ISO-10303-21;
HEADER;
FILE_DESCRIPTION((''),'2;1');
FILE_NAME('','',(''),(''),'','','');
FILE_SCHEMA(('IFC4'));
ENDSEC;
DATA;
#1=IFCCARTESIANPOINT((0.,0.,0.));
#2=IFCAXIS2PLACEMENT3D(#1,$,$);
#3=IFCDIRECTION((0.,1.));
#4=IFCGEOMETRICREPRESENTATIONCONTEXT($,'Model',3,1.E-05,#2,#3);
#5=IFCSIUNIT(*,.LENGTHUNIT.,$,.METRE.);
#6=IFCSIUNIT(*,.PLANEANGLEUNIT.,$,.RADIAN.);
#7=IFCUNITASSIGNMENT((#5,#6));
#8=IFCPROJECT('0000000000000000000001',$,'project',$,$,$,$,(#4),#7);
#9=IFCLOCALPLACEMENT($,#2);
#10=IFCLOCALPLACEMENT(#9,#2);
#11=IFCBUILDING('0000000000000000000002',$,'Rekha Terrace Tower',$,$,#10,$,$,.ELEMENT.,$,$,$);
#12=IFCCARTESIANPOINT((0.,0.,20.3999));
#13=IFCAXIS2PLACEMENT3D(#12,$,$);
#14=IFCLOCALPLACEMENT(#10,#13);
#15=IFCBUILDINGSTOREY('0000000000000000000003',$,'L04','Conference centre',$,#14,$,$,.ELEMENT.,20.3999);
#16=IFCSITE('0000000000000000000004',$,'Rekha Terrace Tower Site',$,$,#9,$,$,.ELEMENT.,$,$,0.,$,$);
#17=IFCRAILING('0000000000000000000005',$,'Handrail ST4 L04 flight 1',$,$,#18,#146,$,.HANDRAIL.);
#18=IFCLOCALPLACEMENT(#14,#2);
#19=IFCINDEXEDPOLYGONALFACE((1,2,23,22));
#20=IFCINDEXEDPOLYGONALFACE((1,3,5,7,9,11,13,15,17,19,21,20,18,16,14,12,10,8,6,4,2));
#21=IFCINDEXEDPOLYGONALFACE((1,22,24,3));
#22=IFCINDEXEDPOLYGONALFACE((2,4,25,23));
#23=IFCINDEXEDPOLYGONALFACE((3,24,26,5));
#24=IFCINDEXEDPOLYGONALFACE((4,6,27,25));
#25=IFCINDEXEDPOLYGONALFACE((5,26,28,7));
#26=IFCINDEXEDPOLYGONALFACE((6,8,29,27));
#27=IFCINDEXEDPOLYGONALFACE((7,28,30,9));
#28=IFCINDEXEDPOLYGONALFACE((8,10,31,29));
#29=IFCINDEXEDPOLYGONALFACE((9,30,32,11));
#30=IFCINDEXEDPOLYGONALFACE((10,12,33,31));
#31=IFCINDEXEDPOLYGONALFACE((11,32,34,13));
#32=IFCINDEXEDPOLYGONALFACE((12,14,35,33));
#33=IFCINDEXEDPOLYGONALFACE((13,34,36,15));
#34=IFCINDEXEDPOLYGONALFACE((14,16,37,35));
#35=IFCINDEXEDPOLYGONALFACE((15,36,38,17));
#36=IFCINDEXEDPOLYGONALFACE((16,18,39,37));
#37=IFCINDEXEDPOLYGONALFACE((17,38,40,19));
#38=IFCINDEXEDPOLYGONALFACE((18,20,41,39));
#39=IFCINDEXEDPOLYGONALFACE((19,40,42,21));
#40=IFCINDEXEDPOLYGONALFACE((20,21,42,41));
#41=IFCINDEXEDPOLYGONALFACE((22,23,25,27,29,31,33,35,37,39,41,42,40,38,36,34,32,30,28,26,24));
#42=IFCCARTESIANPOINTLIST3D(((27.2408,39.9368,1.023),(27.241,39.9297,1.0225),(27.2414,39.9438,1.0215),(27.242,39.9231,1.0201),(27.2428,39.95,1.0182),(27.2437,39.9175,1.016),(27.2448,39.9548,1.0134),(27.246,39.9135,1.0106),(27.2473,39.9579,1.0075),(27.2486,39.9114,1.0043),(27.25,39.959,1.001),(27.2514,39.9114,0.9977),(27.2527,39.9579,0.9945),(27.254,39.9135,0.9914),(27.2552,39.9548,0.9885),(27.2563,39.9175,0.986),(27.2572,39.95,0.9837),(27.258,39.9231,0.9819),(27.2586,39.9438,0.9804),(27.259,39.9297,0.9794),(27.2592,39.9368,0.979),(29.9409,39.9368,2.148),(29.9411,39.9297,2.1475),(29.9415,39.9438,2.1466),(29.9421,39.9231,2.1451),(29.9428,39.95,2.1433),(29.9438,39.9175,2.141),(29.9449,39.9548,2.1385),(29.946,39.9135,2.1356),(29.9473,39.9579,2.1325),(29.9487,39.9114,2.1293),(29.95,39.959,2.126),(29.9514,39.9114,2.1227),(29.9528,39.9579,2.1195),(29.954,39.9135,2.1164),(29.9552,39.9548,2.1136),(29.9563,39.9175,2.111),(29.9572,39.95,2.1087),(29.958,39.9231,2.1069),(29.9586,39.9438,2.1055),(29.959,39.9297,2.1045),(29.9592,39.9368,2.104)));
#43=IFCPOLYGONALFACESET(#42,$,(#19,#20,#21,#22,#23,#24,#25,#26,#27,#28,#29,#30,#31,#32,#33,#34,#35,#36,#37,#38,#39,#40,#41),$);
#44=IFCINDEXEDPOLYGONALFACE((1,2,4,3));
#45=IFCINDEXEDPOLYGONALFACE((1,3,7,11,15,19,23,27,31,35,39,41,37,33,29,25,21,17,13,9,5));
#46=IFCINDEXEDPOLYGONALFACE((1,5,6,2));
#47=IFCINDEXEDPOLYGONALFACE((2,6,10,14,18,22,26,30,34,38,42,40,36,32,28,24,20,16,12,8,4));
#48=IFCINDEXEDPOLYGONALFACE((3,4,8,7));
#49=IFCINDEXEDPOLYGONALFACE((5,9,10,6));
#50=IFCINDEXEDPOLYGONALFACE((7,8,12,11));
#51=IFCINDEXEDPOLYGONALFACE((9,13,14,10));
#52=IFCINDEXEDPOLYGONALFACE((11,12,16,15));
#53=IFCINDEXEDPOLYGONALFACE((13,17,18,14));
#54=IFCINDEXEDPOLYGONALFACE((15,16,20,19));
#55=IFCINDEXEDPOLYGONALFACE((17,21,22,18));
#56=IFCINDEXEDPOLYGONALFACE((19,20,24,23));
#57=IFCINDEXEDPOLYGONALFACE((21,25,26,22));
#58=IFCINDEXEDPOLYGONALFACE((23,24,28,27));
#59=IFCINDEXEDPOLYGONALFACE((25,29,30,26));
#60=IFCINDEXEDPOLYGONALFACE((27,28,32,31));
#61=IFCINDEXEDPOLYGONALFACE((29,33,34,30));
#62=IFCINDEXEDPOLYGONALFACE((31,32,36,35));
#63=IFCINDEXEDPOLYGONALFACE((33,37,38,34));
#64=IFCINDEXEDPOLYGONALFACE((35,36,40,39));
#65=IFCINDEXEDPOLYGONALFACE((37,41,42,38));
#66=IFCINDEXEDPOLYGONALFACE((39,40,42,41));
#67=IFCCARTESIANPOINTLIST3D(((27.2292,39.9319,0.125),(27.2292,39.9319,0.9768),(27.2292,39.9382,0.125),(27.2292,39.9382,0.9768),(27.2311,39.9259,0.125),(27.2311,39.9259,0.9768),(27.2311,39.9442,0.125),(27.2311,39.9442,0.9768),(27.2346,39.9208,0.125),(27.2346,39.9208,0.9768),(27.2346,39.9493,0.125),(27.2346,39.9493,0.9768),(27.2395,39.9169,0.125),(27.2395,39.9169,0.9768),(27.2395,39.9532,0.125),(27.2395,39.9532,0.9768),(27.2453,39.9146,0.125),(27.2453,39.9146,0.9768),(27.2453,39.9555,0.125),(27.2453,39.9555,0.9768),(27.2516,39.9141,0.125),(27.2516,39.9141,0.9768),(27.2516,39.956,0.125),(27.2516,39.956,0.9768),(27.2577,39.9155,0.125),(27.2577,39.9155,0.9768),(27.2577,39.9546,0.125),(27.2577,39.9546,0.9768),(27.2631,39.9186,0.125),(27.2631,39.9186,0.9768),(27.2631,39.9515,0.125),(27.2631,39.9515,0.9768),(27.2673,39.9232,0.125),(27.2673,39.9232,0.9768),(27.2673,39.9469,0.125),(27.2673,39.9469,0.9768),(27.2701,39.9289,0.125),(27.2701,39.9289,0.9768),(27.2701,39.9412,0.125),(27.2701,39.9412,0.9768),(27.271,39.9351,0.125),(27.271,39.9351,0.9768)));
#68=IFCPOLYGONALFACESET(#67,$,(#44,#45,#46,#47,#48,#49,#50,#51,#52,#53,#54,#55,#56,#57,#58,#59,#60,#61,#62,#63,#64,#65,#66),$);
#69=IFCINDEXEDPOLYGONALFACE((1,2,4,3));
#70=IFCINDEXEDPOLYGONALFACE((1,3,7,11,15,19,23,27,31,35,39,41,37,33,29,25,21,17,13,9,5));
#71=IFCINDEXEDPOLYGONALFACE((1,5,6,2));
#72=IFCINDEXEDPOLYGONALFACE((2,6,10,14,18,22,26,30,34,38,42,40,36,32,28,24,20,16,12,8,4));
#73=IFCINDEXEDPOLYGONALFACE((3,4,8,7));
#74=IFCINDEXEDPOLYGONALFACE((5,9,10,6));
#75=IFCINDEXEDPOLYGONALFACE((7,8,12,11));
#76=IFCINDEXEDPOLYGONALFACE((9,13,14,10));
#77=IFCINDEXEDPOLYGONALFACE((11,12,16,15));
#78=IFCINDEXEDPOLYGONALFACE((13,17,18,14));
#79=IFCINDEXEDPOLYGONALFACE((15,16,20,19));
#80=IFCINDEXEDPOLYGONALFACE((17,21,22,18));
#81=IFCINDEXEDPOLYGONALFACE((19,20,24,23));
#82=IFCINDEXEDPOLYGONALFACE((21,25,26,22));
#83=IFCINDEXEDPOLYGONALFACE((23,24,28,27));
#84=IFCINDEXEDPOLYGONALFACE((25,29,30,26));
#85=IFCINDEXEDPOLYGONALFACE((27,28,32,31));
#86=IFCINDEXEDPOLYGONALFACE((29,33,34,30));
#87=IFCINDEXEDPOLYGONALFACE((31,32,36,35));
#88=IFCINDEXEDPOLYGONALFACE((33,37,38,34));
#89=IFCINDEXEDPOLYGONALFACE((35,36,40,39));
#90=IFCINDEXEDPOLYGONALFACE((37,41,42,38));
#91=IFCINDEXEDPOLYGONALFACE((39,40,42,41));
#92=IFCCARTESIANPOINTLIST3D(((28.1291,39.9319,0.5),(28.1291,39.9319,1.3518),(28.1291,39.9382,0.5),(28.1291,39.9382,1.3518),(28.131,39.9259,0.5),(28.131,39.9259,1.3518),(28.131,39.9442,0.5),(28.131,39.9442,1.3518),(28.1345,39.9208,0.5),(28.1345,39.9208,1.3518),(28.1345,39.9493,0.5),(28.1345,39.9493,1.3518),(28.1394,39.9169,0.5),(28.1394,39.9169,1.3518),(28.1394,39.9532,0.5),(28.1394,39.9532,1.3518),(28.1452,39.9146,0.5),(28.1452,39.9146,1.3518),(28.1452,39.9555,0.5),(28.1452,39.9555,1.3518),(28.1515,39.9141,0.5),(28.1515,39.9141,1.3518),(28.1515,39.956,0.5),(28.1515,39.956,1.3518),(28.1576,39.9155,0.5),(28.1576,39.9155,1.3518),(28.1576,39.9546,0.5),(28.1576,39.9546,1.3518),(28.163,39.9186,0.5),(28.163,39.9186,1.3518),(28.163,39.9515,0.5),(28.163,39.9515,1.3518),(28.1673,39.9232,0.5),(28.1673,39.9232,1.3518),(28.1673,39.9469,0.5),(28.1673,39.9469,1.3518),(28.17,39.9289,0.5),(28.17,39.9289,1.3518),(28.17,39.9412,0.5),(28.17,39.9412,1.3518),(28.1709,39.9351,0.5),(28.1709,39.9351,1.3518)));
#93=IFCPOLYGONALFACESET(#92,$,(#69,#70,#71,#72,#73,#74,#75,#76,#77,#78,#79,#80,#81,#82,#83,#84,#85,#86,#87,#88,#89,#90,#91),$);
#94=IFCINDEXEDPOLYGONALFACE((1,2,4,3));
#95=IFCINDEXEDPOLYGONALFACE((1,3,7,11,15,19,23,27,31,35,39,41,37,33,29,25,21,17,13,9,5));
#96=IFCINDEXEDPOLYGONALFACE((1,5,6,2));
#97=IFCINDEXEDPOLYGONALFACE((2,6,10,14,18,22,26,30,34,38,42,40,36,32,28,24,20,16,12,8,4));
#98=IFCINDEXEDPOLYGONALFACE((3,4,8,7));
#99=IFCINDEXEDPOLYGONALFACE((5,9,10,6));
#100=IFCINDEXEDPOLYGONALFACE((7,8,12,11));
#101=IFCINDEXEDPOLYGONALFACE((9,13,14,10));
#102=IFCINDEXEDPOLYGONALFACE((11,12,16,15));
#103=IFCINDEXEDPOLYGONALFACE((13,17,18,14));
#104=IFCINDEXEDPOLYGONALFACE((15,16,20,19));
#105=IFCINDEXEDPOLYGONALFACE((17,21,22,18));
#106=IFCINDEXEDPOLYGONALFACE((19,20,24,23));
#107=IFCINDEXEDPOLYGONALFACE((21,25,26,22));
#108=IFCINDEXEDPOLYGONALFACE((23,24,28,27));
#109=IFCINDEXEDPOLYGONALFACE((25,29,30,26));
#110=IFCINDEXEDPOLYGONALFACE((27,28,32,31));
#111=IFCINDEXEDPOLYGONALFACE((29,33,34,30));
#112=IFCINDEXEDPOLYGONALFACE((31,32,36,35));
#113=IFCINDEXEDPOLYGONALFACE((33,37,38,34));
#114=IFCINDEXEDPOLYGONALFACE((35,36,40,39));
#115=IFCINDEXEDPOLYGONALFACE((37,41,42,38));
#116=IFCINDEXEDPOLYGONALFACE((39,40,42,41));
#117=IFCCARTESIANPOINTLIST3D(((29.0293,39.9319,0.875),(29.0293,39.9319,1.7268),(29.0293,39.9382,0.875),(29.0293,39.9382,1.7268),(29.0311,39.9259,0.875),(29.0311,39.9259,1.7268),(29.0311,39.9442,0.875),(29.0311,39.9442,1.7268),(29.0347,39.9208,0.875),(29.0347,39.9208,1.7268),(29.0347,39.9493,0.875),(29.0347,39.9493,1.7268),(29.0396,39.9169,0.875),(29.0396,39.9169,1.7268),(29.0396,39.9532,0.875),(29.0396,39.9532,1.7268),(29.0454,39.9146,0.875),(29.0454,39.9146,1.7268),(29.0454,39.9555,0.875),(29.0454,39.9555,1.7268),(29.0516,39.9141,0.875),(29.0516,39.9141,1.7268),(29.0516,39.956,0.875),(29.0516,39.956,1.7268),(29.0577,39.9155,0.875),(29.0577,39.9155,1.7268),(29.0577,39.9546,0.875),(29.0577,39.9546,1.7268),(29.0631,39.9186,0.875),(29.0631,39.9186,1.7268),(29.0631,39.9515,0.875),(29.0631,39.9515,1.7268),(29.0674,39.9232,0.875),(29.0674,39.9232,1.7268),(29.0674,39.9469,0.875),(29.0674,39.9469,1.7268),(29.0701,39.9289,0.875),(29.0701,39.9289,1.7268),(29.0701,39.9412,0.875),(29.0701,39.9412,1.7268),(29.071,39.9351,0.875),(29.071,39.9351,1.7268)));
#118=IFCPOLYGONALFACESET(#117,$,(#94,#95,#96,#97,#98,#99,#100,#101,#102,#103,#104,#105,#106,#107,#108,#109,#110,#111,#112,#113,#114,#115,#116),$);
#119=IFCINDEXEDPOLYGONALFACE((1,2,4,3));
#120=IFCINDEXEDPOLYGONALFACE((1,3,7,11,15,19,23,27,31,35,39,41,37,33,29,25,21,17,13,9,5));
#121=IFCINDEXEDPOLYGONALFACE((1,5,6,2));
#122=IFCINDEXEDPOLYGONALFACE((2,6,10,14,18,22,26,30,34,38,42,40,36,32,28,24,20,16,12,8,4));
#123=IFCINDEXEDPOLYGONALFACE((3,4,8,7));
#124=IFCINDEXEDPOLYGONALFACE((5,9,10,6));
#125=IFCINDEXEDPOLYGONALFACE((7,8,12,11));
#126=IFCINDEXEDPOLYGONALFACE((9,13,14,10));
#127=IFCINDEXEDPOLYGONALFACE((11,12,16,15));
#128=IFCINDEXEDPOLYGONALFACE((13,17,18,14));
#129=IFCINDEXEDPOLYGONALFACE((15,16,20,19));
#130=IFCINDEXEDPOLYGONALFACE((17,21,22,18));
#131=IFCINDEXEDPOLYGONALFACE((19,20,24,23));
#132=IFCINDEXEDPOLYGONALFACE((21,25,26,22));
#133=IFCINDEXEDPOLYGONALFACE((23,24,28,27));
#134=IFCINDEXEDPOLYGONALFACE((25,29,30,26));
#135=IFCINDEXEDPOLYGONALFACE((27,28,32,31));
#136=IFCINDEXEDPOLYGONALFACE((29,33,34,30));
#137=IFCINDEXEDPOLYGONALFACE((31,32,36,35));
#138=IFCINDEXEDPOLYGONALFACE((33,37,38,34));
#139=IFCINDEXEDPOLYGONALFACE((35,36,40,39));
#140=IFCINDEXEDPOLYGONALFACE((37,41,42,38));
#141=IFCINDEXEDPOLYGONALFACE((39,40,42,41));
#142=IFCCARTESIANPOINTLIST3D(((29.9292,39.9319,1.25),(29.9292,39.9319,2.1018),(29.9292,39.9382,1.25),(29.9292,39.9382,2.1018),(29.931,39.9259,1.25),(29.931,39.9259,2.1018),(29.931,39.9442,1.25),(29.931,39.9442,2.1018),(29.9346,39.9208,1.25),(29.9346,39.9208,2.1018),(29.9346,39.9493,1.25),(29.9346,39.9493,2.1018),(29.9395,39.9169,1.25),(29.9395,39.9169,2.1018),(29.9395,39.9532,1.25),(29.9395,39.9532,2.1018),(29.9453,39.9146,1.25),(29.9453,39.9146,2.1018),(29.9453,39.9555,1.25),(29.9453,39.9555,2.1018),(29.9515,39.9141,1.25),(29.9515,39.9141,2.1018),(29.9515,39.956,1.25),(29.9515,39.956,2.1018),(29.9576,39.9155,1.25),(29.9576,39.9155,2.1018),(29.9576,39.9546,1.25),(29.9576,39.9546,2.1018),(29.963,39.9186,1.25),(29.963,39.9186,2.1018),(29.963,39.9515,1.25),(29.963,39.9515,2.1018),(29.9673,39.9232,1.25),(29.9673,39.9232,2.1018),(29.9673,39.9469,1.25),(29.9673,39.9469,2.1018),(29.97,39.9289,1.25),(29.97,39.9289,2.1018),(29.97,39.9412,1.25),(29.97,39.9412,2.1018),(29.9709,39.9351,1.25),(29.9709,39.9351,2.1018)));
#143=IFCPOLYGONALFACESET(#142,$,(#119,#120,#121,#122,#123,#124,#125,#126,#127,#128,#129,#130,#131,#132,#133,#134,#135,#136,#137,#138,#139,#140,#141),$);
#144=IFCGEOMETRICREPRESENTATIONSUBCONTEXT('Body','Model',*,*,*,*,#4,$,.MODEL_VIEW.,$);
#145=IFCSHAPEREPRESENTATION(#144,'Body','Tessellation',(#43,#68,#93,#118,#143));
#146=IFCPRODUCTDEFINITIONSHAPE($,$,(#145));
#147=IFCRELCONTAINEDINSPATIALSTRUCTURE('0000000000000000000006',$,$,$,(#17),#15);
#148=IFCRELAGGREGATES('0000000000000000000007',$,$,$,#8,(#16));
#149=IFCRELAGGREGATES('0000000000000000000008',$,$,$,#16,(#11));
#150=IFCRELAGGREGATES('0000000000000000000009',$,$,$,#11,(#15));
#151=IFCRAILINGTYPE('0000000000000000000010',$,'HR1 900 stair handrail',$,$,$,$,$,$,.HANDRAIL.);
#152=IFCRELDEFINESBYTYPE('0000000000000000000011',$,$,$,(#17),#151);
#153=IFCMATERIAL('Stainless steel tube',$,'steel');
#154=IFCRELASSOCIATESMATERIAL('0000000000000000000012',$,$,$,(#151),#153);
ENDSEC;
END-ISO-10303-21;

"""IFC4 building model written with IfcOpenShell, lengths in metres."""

from ifc_helpers import new_model, si_unit, direction, frame, origin, origin_2d, place, context, subcontext, project, spatial, circle, extrude, material, type_object, element, save


model = new_model("IFC4")

# Units and contexts
model_context = context("Model", 3, precision=1e-05, world=origin(), true_north=direction((0.0, 1.0)))
body_context = subcontext(model_context, "Body", "Model", "MODEL_VIEW")
ifc_project = project(units=[si_unit("LENGTHUNIT", "METRE"), si_unit("PLANEANGLEUNIT", "RADIAN")], contexts=[model_context])

# Site, building, storey
site_placement = place(None, origin())
site = spatial("IfcSite", under=ifc_project, at=site_placement, Name="Rekha Terrace Tower Site", CompositionType="ELEMENT", RefElevation=0.0)
building_placement = place(site_placement, origin())
building = spatial("IfcBuilding", under=site, at=building_placement, Name="Rekha Terrace Tower", CompositionType="ELEMENT")
storey_placement = place(building_placement, frame((0.0, 0.0, 20.3999)))
storey = spatial("IfcBuildingStorey", under=building, at=storey_placement, Name="L04", Description="Conference centre", CompositionType="ELEMENT", Elevation=20.3999)

# Railing
ifc_material_1 = material(Name="Stainless steel tube", Category="steel")
railing_type_1 = type_object("IfcRailingType", Name="HR1 900 stair handrail", PredefinedType="HANDRAIL", material=ifc_material_1)
railing_1_placement = place(storey_placement, frame((27.25, 39.9351, 0.125)))
element("IfcRailing", 1, at=railing_1_placement, inside=storey, type_object=railing_type_1, Name="Handrail ST4 L04 flight 1", PredefinedType="HANDRAIL", context=body_context, shape_type="SweptSolid", body=[
    extrude(circle(Radius=0.0239, at=origin_2d()), frame((0.0, 0.0, 0.876), z_axis=(0.923074, 0.0, 0.384621), x_axis=(0.0, 1.0, 0.0)), (0.0, 0.0, 1.0), 2.925),
    extrude(circle(Radius=0.021, at=origin_2d()), origin(), (0.0, 0.0, 1.0), 0.8518),
    extrude(circle(Radius=0.021, at=origin_2d()), frame((0.8999, 0.0, 0.375)), (0.0, 0.0, 1.0), 0.8518),
    extrude(circle(Radius=0.021, at=origin_2d()), frame((1.8, 0.0, 0.75)), (0.0, 0.0, 1.0), 0.8518),
    extrude(circle(Radius=0.021, at=origin_2d()), frame((2.7, 0.0, 1.125)), (0.0, 0.0, 1.0), 0.8518),
])

save(model, "model.ifc")
